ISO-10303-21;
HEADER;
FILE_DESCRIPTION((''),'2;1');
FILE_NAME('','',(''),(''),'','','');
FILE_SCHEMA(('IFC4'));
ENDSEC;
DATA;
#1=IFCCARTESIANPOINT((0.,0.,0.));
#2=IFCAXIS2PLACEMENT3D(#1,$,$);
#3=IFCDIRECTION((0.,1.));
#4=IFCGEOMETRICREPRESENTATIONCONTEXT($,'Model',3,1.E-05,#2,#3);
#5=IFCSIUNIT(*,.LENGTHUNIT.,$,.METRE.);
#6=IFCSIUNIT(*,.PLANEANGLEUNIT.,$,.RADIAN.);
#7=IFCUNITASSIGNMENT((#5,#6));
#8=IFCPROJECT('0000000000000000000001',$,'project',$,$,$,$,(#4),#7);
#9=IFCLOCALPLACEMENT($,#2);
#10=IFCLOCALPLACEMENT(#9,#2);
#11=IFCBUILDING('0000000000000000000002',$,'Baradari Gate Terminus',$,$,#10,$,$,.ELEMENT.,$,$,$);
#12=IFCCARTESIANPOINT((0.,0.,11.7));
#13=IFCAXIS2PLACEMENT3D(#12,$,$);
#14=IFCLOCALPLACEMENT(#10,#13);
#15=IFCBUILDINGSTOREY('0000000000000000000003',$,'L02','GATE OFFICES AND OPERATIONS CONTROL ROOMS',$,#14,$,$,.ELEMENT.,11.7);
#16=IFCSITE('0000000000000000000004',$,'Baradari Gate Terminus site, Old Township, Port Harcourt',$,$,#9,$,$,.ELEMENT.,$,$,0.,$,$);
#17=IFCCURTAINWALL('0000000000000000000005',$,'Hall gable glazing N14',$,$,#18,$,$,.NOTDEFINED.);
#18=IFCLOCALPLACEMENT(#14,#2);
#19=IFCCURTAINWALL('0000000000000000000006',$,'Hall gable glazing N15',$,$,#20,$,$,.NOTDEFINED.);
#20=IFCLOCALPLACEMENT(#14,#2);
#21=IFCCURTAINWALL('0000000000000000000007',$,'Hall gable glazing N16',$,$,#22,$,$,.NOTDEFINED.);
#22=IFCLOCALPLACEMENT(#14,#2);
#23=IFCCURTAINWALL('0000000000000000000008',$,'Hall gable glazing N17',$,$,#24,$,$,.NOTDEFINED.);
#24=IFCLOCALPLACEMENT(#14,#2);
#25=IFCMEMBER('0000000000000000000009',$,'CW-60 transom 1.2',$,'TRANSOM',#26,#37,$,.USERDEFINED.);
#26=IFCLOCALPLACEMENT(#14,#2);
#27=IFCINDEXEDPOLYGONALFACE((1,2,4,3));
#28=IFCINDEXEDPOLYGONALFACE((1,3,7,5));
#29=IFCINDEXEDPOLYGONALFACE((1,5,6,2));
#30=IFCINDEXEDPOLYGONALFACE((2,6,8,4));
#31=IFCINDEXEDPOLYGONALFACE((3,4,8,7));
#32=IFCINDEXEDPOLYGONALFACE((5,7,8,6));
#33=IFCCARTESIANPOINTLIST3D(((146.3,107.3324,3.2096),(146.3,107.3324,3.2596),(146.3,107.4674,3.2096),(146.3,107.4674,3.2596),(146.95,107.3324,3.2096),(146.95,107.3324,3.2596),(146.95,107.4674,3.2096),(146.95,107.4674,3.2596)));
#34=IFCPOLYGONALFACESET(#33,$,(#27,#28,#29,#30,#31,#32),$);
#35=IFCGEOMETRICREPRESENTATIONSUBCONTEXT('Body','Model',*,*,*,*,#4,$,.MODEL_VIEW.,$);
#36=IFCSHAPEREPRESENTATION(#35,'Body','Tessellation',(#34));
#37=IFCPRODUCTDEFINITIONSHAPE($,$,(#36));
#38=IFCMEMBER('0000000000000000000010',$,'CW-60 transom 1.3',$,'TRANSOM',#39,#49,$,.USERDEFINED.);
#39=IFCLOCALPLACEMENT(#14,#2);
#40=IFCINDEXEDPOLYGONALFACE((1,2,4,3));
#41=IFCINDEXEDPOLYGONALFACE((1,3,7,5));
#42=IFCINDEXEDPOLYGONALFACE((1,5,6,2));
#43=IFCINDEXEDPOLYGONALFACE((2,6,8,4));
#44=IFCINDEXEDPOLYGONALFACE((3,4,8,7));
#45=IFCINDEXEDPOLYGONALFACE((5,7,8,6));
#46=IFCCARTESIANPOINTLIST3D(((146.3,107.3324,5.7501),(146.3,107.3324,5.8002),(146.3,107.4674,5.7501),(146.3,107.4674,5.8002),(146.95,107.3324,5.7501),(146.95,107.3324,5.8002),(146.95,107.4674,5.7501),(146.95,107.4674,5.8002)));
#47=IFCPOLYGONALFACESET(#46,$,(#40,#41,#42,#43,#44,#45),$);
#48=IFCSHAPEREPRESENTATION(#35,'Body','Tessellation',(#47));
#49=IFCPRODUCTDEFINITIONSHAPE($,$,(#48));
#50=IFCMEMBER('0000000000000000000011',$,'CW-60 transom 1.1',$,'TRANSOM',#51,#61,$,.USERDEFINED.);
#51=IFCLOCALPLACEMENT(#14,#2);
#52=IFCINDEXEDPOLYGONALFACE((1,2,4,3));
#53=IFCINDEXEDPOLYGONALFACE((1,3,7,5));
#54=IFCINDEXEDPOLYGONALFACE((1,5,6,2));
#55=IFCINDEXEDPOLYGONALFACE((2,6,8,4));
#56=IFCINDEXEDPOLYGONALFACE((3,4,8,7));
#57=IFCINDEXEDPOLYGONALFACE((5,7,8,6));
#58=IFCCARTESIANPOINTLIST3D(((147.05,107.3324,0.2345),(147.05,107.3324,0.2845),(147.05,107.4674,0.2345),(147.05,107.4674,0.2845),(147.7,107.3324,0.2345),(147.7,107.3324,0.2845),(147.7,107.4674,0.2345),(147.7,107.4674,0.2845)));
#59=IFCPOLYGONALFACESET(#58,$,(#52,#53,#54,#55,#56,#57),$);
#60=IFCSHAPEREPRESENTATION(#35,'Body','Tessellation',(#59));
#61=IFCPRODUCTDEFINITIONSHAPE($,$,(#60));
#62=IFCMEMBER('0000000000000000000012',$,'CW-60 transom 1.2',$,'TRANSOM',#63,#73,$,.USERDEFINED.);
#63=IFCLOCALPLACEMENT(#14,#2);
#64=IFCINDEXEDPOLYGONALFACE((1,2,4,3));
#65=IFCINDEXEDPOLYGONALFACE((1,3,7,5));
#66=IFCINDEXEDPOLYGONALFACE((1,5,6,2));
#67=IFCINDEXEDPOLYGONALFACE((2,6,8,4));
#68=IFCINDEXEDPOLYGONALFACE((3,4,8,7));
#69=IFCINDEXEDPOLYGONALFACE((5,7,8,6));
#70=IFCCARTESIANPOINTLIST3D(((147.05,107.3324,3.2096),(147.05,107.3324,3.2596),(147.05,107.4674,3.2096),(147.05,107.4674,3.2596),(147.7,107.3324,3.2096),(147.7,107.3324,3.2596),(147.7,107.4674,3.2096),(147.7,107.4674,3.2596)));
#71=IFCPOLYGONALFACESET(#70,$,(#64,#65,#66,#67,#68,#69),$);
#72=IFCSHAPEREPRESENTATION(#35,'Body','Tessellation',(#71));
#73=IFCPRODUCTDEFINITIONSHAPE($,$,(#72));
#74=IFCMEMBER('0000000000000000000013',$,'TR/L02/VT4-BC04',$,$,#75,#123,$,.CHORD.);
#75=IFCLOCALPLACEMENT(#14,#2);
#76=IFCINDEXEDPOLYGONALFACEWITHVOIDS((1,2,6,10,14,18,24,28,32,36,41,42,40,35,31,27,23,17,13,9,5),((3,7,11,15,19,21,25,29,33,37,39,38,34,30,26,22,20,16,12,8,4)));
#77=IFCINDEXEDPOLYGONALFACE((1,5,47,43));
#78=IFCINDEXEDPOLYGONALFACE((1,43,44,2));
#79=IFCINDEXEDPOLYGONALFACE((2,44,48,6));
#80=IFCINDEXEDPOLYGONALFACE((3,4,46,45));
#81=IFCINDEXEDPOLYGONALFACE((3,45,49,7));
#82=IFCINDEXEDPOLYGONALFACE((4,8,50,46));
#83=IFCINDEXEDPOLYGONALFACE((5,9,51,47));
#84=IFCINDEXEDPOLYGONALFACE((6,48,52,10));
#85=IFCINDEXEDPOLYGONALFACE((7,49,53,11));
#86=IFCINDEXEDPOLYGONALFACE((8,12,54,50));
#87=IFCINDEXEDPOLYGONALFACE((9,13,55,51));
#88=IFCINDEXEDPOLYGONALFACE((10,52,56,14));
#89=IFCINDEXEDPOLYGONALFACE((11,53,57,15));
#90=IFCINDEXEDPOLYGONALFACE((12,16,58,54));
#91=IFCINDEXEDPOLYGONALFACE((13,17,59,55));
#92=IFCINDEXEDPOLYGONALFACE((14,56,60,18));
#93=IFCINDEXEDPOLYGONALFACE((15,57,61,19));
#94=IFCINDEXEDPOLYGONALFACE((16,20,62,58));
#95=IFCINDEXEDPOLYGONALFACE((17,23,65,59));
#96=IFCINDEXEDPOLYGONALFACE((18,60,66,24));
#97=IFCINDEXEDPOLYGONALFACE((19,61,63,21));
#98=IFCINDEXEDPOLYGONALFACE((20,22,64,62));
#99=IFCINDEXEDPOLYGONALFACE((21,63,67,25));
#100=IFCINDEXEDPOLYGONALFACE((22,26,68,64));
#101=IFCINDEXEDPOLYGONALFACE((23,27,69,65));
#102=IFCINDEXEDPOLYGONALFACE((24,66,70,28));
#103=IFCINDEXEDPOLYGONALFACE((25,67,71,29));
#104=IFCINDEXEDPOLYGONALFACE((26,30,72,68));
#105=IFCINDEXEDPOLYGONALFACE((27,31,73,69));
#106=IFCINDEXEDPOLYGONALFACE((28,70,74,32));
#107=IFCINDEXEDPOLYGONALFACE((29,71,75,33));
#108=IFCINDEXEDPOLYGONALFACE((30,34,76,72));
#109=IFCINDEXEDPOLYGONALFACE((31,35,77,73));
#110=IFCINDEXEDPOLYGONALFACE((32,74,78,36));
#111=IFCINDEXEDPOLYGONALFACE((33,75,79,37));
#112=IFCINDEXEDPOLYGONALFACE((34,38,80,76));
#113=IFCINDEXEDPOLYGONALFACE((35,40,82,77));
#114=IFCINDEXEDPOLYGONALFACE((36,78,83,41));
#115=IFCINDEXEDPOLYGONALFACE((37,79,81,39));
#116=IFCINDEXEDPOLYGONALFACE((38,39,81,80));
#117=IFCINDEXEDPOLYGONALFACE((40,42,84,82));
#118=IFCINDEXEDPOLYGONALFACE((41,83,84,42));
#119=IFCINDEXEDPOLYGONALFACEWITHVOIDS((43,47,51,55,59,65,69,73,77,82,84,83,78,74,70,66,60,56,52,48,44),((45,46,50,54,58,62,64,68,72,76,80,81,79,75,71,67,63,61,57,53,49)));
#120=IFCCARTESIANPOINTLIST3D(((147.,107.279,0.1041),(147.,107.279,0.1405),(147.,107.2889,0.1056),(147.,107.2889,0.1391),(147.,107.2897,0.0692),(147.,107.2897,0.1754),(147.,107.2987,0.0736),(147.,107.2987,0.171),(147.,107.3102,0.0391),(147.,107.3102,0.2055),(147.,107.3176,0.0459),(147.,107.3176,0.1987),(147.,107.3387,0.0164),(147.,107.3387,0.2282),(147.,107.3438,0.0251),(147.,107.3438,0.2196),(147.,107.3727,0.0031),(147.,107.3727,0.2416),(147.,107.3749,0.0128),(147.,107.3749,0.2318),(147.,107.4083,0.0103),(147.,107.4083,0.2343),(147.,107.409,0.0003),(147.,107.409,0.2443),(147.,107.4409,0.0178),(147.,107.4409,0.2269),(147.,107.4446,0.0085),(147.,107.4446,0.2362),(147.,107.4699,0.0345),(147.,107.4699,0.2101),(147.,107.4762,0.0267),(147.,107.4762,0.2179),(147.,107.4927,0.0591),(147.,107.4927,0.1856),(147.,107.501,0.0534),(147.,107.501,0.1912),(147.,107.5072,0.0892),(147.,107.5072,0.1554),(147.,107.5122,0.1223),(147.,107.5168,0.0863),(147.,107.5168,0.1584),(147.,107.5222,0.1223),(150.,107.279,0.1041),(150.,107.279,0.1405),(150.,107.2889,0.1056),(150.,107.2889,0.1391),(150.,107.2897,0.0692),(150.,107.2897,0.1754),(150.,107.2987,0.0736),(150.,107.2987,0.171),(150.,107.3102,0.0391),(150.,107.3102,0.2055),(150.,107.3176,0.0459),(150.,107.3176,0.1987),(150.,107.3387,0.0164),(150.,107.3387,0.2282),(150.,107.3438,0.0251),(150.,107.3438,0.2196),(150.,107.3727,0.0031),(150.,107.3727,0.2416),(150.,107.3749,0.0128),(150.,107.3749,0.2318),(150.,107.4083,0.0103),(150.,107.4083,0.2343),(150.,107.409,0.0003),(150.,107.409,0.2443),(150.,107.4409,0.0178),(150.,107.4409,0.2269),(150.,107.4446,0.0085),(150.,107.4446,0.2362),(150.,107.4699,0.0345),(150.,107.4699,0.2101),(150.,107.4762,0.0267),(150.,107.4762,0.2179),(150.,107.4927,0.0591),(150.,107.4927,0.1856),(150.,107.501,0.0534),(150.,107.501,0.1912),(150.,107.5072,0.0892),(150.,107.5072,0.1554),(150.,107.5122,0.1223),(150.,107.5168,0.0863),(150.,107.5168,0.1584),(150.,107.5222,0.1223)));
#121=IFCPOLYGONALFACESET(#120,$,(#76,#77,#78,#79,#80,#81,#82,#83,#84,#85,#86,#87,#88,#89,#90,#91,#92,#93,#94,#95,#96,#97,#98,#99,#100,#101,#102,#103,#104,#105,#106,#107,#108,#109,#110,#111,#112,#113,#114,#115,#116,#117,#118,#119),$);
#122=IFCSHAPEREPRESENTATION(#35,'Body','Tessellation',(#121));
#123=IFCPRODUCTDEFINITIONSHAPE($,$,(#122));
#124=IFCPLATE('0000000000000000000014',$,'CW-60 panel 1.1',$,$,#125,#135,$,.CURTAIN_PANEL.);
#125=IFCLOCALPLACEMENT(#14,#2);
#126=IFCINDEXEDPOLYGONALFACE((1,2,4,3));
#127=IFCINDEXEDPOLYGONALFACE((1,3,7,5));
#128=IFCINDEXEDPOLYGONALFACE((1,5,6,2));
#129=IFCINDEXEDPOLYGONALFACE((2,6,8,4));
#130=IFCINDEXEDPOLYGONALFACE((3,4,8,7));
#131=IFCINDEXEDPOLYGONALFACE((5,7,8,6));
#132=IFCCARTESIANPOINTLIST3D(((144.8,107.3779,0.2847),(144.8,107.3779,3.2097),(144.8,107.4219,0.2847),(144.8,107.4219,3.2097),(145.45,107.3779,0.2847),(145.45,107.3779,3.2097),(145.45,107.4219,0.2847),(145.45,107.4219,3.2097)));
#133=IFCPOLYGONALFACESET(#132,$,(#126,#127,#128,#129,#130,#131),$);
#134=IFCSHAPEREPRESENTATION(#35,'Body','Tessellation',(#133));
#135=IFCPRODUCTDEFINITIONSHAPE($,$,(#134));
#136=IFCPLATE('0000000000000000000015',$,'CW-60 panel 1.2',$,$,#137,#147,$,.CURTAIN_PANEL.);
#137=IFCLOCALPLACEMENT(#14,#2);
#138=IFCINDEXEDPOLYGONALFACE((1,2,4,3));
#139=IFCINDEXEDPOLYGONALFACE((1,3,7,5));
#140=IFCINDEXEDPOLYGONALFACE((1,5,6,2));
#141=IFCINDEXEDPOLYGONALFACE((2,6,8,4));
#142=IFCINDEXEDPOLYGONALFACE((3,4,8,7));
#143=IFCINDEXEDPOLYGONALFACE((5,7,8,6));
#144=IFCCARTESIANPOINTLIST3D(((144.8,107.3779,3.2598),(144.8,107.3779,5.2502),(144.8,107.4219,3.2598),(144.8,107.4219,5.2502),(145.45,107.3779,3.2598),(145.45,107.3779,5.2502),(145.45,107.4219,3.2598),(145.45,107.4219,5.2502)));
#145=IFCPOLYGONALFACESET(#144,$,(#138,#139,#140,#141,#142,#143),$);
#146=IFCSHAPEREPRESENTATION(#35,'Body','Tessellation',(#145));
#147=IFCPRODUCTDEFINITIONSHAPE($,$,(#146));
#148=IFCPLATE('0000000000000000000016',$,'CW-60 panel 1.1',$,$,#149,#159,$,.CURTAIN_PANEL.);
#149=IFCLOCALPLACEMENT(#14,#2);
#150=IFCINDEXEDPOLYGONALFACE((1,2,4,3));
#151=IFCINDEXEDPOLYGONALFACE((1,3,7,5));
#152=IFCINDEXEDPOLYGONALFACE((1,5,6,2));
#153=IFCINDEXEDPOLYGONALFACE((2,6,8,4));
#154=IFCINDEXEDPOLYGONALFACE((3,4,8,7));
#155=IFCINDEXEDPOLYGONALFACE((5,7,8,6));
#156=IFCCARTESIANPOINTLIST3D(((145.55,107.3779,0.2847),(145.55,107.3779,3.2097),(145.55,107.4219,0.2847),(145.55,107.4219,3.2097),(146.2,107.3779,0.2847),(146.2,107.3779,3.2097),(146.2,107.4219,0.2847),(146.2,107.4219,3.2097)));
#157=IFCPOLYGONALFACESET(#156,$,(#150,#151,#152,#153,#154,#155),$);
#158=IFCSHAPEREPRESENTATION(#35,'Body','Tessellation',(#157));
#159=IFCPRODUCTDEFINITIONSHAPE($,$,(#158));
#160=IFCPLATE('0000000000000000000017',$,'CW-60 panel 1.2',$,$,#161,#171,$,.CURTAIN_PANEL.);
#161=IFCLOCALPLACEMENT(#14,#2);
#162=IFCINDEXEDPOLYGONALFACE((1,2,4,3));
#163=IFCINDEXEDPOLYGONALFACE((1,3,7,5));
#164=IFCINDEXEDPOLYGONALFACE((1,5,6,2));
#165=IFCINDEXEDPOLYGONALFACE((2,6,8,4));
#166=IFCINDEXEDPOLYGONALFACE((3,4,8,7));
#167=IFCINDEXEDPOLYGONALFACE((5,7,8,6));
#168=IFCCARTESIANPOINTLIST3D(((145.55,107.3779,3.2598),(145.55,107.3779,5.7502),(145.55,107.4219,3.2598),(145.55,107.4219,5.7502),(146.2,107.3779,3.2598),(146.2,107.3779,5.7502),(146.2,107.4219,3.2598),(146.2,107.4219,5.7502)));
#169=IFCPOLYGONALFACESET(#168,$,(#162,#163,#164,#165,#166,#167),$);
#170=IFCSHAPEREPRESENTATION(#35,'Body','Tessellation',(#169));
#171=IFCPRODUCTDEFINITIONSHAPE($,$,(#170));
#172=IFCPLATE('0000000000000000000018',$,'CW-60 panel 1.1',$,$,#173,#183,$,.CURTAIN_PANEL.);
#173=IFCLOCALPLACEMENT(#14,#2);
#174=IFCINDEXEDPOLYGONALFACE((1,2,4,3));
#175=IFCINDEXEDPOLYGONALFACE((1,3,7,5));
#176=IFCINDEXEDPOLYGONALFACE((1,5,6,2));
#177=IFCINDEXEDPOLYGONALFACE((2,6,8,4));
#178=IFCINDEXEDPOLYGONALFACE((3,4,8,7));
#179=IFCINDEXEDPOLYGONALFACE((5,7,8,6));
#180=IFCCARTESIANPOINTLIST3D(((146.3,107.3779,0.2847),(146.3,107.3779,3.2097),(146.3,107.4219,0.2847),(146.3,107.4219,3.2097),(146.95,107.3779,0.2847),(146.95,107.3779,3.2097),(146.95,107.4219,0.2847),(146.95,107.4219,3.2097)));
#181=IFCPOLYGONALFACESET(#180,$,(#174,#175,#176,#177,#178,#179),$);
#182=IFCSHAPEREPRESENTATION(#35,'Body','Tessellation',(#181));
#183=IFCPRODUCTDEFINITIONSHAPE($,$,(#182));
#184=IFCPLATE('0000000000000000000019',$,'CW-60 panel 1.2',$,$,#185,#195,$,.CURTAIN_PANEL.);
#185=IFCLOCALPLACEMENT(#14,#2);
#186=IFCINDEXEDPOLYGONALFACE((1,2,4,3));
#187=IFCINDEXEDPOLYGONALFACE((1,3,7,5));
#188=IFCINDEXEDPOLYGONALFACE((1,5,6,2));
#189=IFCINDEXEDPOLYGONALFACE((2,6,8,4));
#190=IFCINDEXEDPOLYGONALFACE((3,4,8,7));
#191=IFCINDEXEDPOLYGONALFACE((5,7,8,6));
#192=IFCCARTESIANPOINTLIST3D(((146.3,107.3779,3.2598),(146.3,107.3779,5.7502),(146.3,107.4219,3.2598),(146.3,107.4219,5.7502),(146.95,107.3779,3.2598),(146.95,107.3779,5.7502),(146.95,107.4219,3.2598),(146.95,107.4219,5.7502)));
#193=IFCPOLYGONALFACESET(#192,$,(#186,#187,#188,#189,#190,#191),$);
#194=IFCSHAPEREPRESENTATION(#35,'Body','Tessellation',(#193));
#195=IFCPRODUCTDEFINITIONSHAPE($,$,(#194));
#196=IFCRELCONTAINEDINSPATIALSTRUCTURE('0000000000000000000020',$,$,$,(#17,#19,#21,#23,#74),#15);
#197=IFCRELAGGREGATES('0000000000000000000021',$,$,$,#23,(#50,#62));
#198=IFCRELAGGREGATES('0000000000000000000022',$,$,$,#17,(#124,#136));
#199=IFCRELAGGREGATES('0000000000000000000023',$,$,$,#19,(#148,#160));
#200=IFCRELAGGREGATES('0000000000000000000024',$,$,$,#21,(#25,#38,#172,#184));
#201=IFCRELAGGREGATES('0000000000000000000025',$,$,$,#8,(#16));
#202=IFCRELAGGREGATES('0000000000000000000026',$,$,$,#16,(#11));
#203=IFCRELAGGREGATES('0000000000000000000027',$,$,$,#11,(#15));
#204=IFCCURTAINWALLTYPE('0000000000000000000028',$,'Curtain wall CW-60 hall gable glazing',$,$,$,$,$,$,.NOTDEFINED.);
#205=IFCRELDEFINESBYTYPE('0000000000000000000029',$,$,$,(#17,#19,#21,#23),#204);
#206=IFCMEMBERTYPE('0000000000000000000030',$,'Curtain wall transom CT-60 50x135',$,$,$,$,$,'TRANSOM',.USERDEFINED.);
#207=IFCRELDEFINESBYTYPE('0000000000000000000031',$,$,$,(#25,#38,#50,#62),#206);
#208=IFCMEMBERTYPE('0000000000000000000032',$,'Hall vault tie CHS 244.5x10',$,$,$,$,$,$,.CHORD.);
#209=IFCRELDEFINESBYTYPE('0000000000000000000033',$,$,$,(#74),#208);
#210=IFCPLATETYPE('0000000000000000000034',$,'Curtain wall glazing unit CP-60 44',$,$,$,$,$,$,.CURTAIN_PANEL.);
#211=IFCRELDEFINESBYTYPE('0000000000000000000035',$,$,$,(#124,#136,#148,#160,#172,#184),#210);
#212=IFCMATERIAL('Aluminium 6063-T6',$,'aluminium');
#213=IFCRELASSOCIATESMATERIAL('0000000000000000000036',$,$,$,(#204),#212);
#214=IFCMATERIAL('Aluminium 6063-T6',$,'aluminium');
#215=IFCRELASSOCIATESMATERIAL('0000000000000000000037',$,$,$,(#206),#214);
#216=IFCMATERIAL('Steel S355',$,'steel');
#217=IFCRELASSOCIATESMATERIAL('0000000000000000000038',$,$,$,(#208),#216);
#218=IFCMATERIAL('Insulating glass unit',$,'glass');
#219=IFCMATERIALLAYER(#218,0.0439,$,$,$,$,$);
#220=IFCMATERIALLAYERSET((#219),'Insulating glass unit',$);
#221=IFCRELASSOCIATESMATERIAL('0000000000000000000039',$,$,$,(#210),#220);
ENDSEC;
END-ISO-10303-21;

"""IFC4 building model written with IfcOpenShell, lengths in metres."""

from ifc_helpers import new_model, si_unit, direction, frame, origin, origin_2d, place, context, subcontext, project, spatial, rectangle, hollow_circle, extrude, material, layer, layer_set, material_profile, profile_set, type_object, element, aggregate, save


model = new_model("IFC4")

# Units and contexts
model_context = context("Model", 3, precision=1e-05, world=origin(), true_north=direction((0.0, 1.0)))
body_context = subcontext(model_context, "Body", "Model", "MODEL_VIEW")
ifc_project = project(units=[si_unit("LENGTHUNIT", "METRE"), si_unit("PLANEANGLEUNIT", "RADIAN")], contexts=[model_context])

# Site, building, storey
site_placement = place(None, origin())
site = spatial("IfcSite", under=ifc_project, at=site_placement, Name="Baradari Gate Terminus site, Old Township, Port Harcourt", CompositionType="ELEMENT", RefElevation=0.0)
building_placement = place(site_placement, origin())
building = spatial("IfcBuilding", under=site, at=building_placement, Name="Baradari Gate Terminus", CompositionType="ELEMENT")
storey_placement = place(building_placement, frame((0.0, 0.0, 11.7)))
storey = spatial("IfcBuildingStorey", under=building, at=storey_placement, Name="L02", Description="GATE OFFICES AND OPERATIONS CONTROL ROOMS", CompositionType="ELEMENT", Elevation=11.7)

# Shared definitions
ifc_material_1 = material(Name="Aluminium 6063-T6", Category="aluminium")
curtain_wall_type = type_object("IfcCurtainWallType", Name="Curtain wall CW-60 hall gable glazing", PredefinedType="NOTDEFINED", material=ifc_material_1)

# Curtain walls
curtain_wall_1_placement = place(storey_placement, origin())
curtain_wall_1 = element("IfcCurtainWall", 1, at=curtain_wall_1_placement, inside=storey, type_object=curtain_wall_type, Name="Hall gable glazing N14", PredefinedType="NOTDEFINED")
curtain_wall_2_placement = place(storey_placement, origin())
curtain_wall_2 = element("IfcCurtainWall", 2, at=curtain_wall_2_placement, inside=storey, type_object=curtain_wall_type, Name="Hall gable glazing N15", PredefinedType="NOTDEFINED")
curtain_wall_3_placement = place(storey_placement, origin())
curtain_wall_3 = element("IfcCurtainWall", 3, at=curtain_wall_3_placement, inside=storey, type_object=curtain_wall_type, Name="Hall gable glazing N16", PredefinedType="NOTDEFINED")

# Curtain wall
curtain_wall_4_placement = place(storey_placement, origin())
curtain_wall_4 = element("IfcCurtainWall", 4, at=curtain_wall_4_placement, inside=storey, type_object=curtain_wall_type, Name="Hall gable glazing N17", PredefinedType="NOTDEFINED")

# Members
ifc_material_2 = material(Name="Aluminium 6063-T6", Category="aluminium")
ifc_material_profile_1 = material_profile(ifc_material_2, rectangle(XDim=0.135, YDim=0.05, at=origin_2d()), Name="CT-60 50X135")
ifc_profile_set_1 = profile_set([ifc_material_profile_1], Name="Aluminium 6063-T6")
member_type_1 = type_object("IfcMemberType", Name="Curtain wall transom CT-60 50x135", ElementType="TRANSOM", PredefinedType="USERDEFINED", material=ifc_profile_set_1)
member_1_placement = place(storey_placement, frame((146.3, 107.3999, 3.2346), z_axis=(1.0, 0.0, 0.0), x_axis=(0.0, 1.0, 0.0)))
member_1 = element("IfcMember", 5, at=member_1_placement, type_object=member_type_1, Name="CW-60 transom 1.2", ObjectType="TRANSOM", PredefinedType="USERDEFINED", context=body_context, shape_type="SweptSolid", body=[
    extrude(rectangle(XDim=0.135, YDim=0.05, at=origin_2d()), origin(), (0.0, 0.0, 1.0), 0.6499),
])
member_2_placement = place(storey_placement, frame((146.3, 107.3999, 5.7751), z_axis=(1.0, 0.0, 0.0), x_axis=(0.0, 1.0, 0.0)))
member_2 = element("IfcMember", 6, at=member_2_placement, type_object=member_type_1, Name="CW-60 transom 1.3", ObjectType="TRANSOM", PredefinedType="USERDEFINED", context=body_context, shape_type="SweptSolid", body=[
    extrude(rectangle(XDim=0.135, YDim=0.05, at=origin_2d()), origin(), (0.0, 0.0, 1.0), 0.6499),
])
member_3_placement = place(storey_placement, frame((147.05, 107.3999, 0.2595), z_axis=(1.0, 0.0, 0.0), x_axis=(0.0, 1.0, 0.0)))
member_3 = element("IfcMember", 7, at=member_3_placement, type_object=member_type_1, Name="CW-60 transom 1.1", ObjectType="TRANSOM", PredefinedType="USERDEFINED", context=body_context, shape_type="SweptSolid", body=[
    extrude(rectangle(XDim=0.135, YDim=0.05, at=origin_2d()), origin(), (0.0, 0.0, 1.0), 0.6499),
])
member_4_placement = place(storey_placement, frame((147.05, 107.3999, 3.2346), z_axis=(1.0, 0.0, 0.0), x_axis=(0.0, 1.0, 0.0)))
member_4 = element("IfcMember", 8, at=member_4_placement, type_object=member_type_1, Name="CW-60 transom 1.2", ObjectType="TRANSOM", PredefinedType="USERDEFINED", context=body_context, shape_type="SweptSolid", body=[
    extrude(rectangle(XDim=0.135, YDim=0.05, at=origin_2d()), origin(), (0.0, 0.0, 1.0), 0.6499),
])
aggregate(curtain_wall_4, [member_3, member_4])
ifc_material_3 = material(Name="Steel S355", Category="steel")
ifc_material_profile_2 = material_profile(ifc_material_3, hollow_circle(Radius=0.1223, WallThickness=0.01, at=origin_2d()), Name="CHS 244.5x10")
ifc_profile_set_2 = profile_set([ifc_material_profile_2], Name="Steel S355")
member_type_2 = type_object("IfcMemberType", Name="Hall vault tie CHS 244.5x10", PredefinedType="CHORD", material=ifc_profile_set_2)
member_5_placement = place(storey_placement, frame((147.0, 107.3999, 0.1223), z_axis=(1.0, 0.0, 0.0), x_axis=(0.0, 1.0, 0.0)))
element("IfcMember", 9, at=member_5_placement, inside=storey, type_object=member_type_2, Name="TR/L02/VT4-BC04", PredefinedType="CHORD", context=body_context, shape_type="SweptSolid", body=[
    extrude(hollow_circle(Radius=0.1223, WallThickness=0.01, at=origin_2d()), origin(), (0.0, 0.0, 1.0), 3.0),
])

# Plates
ifc_material_4 = material(Name="Insulating glass unit", Category="glass")
ifc_layer = layer(ifc_material_4, 0.0439)
ifc_layer_set = layer_set([ifc_layer], Name="Insulating glass unit")
plate_type = type_object("IfcPlateType", Name="Curtain wall glazing unit CP-60 44", PredefinedType="CURTAIN_PANEL", material=ifc_layer_set)
plate_1_placement = place(storey_placement, frame((145.125, 107.3999, 0.2847), z_axis=(0.0, 0.0, 1.0), x_axis=(1.0, 0.0, 0.0)))
plate_1 = element("IfcPlate", 10, at=plate_1_placement, type_object=plate_type, Name="CW-60 panel 1.1", PredefinedType="CURTAIN_PANEL", context=body_context, shape_type="SweptSolid", body=[
    extrude(rectangle(XDim=0.6499, YDim=0.0439, at=origin_2d()), origin(), (0.0, 0.0, 1.0), 2.925),
])
plate_2_placement = place(storey_placement, frame((145.125, 107.3999, 3.2598), z_axis=(0.0, 0.0, 1.0), x_axis=(1.0, 0.0, 0.0)))
plate_2 = element("IfcPlate", 11, at=plate_2_placement, type_object=plate_type, Name="CW-60 panel 1.2", PredefinedType="CURTAIN_PANEL", context=body_context, shape_type="SweptSolid", body=[
    extrude(rectangle(XDim=0.6499, YDim=0.0439, at=origin_2d()), origin(), (0.0, 0.0, 1.0), 1.9905),
])
aggregate(curtain_wall_1, [plate_1, plate_2])
plate_3_placement = place(storey_placement, frame((145.875, 107.3999, 0.2847), z_axis=(0.0, 0.0, 1.0), x_axis=(1.0, 0.0, 0.0)))
plate_3 = element("IfcPlate", 12, at=plate_3_placement, type_object=plate_type, Name="CW-60 panel 1.1", PredefinedType="CURTAIN_PANEL", context=body_context, shape_type="SweptSolid", body=[
    extrude(rectangle(XDim=0.6499, YDim=0.0439, at=origin_2d()), origin(), (0.0, 0.0, 1.0), 2.925),
])
plate_4_placement = place(storey_placement, frame((145.875, 107.3999, 3.2598), z_axis=(0.0, 0.0, 1.0), x_axis=(1.0, 0.0, 0.0)))
plate_4 = element("IfcPlate", 13, at=plate_4_placement, type_object=plate_type, Name="CW-60 panel 1.2", PredefinedType="CURTAIN_PANEL", context=body_context, shape_type="SweptSolid", body=[
    extrude(rectangle(XDim=0.6499, YDim=0.0439, at=origin_2d()), origin(), (0.0, 0.0, 1.0), 2.4905),
])
aggregate(curtain_wall_2, [plate_3, plate_4])
plate_5_placement = place(storey_placement, frame((146.625, 107.3999, 0.2847), z_axis=(0.0, 0.0, 1.0), x_axis=(1.0, 0.0, 0.0)))
plate_5 = element("IfcPlate", 14, at=plate_5_placement, type_object=plate_type, Name="CW-60 panel 1.1", PredefinedType="CURTAIN_PANEL", context=body_context, shape_type="SweptSolid", body=[
    extrude(rectangle(XDim=0.6499, YDim=0.0439, at=origin_2d()), origin(), (0.0, 0.0, 1.0), 2.925),
])
plate_6_placement = place(storey_placement, frame((146.625, 107.3999, 3.2598), z_axis=(0.0, 0.0, 1.0), x_axis=(1.0, 0.0, 0.0)))
plate_6 = element("IfcPlate", 15, at=plate_6_placement, type_object=plate_type, Name="CW-60 panel 1.2", PredefinedType="CURTAIN_PANEL", context=body_context, shape_type="SweptSolid", body=[
    extrude(rectangle(XDim=0.6499, YDim=0.0439, at=origin_2d()), origin(), (0.0, 0.0, 1.0), 2.4905),
])
aggregate(curtain_wall_3, [member_1, member_2, plate_5, plate_6])

save(model, "model.ifc")
